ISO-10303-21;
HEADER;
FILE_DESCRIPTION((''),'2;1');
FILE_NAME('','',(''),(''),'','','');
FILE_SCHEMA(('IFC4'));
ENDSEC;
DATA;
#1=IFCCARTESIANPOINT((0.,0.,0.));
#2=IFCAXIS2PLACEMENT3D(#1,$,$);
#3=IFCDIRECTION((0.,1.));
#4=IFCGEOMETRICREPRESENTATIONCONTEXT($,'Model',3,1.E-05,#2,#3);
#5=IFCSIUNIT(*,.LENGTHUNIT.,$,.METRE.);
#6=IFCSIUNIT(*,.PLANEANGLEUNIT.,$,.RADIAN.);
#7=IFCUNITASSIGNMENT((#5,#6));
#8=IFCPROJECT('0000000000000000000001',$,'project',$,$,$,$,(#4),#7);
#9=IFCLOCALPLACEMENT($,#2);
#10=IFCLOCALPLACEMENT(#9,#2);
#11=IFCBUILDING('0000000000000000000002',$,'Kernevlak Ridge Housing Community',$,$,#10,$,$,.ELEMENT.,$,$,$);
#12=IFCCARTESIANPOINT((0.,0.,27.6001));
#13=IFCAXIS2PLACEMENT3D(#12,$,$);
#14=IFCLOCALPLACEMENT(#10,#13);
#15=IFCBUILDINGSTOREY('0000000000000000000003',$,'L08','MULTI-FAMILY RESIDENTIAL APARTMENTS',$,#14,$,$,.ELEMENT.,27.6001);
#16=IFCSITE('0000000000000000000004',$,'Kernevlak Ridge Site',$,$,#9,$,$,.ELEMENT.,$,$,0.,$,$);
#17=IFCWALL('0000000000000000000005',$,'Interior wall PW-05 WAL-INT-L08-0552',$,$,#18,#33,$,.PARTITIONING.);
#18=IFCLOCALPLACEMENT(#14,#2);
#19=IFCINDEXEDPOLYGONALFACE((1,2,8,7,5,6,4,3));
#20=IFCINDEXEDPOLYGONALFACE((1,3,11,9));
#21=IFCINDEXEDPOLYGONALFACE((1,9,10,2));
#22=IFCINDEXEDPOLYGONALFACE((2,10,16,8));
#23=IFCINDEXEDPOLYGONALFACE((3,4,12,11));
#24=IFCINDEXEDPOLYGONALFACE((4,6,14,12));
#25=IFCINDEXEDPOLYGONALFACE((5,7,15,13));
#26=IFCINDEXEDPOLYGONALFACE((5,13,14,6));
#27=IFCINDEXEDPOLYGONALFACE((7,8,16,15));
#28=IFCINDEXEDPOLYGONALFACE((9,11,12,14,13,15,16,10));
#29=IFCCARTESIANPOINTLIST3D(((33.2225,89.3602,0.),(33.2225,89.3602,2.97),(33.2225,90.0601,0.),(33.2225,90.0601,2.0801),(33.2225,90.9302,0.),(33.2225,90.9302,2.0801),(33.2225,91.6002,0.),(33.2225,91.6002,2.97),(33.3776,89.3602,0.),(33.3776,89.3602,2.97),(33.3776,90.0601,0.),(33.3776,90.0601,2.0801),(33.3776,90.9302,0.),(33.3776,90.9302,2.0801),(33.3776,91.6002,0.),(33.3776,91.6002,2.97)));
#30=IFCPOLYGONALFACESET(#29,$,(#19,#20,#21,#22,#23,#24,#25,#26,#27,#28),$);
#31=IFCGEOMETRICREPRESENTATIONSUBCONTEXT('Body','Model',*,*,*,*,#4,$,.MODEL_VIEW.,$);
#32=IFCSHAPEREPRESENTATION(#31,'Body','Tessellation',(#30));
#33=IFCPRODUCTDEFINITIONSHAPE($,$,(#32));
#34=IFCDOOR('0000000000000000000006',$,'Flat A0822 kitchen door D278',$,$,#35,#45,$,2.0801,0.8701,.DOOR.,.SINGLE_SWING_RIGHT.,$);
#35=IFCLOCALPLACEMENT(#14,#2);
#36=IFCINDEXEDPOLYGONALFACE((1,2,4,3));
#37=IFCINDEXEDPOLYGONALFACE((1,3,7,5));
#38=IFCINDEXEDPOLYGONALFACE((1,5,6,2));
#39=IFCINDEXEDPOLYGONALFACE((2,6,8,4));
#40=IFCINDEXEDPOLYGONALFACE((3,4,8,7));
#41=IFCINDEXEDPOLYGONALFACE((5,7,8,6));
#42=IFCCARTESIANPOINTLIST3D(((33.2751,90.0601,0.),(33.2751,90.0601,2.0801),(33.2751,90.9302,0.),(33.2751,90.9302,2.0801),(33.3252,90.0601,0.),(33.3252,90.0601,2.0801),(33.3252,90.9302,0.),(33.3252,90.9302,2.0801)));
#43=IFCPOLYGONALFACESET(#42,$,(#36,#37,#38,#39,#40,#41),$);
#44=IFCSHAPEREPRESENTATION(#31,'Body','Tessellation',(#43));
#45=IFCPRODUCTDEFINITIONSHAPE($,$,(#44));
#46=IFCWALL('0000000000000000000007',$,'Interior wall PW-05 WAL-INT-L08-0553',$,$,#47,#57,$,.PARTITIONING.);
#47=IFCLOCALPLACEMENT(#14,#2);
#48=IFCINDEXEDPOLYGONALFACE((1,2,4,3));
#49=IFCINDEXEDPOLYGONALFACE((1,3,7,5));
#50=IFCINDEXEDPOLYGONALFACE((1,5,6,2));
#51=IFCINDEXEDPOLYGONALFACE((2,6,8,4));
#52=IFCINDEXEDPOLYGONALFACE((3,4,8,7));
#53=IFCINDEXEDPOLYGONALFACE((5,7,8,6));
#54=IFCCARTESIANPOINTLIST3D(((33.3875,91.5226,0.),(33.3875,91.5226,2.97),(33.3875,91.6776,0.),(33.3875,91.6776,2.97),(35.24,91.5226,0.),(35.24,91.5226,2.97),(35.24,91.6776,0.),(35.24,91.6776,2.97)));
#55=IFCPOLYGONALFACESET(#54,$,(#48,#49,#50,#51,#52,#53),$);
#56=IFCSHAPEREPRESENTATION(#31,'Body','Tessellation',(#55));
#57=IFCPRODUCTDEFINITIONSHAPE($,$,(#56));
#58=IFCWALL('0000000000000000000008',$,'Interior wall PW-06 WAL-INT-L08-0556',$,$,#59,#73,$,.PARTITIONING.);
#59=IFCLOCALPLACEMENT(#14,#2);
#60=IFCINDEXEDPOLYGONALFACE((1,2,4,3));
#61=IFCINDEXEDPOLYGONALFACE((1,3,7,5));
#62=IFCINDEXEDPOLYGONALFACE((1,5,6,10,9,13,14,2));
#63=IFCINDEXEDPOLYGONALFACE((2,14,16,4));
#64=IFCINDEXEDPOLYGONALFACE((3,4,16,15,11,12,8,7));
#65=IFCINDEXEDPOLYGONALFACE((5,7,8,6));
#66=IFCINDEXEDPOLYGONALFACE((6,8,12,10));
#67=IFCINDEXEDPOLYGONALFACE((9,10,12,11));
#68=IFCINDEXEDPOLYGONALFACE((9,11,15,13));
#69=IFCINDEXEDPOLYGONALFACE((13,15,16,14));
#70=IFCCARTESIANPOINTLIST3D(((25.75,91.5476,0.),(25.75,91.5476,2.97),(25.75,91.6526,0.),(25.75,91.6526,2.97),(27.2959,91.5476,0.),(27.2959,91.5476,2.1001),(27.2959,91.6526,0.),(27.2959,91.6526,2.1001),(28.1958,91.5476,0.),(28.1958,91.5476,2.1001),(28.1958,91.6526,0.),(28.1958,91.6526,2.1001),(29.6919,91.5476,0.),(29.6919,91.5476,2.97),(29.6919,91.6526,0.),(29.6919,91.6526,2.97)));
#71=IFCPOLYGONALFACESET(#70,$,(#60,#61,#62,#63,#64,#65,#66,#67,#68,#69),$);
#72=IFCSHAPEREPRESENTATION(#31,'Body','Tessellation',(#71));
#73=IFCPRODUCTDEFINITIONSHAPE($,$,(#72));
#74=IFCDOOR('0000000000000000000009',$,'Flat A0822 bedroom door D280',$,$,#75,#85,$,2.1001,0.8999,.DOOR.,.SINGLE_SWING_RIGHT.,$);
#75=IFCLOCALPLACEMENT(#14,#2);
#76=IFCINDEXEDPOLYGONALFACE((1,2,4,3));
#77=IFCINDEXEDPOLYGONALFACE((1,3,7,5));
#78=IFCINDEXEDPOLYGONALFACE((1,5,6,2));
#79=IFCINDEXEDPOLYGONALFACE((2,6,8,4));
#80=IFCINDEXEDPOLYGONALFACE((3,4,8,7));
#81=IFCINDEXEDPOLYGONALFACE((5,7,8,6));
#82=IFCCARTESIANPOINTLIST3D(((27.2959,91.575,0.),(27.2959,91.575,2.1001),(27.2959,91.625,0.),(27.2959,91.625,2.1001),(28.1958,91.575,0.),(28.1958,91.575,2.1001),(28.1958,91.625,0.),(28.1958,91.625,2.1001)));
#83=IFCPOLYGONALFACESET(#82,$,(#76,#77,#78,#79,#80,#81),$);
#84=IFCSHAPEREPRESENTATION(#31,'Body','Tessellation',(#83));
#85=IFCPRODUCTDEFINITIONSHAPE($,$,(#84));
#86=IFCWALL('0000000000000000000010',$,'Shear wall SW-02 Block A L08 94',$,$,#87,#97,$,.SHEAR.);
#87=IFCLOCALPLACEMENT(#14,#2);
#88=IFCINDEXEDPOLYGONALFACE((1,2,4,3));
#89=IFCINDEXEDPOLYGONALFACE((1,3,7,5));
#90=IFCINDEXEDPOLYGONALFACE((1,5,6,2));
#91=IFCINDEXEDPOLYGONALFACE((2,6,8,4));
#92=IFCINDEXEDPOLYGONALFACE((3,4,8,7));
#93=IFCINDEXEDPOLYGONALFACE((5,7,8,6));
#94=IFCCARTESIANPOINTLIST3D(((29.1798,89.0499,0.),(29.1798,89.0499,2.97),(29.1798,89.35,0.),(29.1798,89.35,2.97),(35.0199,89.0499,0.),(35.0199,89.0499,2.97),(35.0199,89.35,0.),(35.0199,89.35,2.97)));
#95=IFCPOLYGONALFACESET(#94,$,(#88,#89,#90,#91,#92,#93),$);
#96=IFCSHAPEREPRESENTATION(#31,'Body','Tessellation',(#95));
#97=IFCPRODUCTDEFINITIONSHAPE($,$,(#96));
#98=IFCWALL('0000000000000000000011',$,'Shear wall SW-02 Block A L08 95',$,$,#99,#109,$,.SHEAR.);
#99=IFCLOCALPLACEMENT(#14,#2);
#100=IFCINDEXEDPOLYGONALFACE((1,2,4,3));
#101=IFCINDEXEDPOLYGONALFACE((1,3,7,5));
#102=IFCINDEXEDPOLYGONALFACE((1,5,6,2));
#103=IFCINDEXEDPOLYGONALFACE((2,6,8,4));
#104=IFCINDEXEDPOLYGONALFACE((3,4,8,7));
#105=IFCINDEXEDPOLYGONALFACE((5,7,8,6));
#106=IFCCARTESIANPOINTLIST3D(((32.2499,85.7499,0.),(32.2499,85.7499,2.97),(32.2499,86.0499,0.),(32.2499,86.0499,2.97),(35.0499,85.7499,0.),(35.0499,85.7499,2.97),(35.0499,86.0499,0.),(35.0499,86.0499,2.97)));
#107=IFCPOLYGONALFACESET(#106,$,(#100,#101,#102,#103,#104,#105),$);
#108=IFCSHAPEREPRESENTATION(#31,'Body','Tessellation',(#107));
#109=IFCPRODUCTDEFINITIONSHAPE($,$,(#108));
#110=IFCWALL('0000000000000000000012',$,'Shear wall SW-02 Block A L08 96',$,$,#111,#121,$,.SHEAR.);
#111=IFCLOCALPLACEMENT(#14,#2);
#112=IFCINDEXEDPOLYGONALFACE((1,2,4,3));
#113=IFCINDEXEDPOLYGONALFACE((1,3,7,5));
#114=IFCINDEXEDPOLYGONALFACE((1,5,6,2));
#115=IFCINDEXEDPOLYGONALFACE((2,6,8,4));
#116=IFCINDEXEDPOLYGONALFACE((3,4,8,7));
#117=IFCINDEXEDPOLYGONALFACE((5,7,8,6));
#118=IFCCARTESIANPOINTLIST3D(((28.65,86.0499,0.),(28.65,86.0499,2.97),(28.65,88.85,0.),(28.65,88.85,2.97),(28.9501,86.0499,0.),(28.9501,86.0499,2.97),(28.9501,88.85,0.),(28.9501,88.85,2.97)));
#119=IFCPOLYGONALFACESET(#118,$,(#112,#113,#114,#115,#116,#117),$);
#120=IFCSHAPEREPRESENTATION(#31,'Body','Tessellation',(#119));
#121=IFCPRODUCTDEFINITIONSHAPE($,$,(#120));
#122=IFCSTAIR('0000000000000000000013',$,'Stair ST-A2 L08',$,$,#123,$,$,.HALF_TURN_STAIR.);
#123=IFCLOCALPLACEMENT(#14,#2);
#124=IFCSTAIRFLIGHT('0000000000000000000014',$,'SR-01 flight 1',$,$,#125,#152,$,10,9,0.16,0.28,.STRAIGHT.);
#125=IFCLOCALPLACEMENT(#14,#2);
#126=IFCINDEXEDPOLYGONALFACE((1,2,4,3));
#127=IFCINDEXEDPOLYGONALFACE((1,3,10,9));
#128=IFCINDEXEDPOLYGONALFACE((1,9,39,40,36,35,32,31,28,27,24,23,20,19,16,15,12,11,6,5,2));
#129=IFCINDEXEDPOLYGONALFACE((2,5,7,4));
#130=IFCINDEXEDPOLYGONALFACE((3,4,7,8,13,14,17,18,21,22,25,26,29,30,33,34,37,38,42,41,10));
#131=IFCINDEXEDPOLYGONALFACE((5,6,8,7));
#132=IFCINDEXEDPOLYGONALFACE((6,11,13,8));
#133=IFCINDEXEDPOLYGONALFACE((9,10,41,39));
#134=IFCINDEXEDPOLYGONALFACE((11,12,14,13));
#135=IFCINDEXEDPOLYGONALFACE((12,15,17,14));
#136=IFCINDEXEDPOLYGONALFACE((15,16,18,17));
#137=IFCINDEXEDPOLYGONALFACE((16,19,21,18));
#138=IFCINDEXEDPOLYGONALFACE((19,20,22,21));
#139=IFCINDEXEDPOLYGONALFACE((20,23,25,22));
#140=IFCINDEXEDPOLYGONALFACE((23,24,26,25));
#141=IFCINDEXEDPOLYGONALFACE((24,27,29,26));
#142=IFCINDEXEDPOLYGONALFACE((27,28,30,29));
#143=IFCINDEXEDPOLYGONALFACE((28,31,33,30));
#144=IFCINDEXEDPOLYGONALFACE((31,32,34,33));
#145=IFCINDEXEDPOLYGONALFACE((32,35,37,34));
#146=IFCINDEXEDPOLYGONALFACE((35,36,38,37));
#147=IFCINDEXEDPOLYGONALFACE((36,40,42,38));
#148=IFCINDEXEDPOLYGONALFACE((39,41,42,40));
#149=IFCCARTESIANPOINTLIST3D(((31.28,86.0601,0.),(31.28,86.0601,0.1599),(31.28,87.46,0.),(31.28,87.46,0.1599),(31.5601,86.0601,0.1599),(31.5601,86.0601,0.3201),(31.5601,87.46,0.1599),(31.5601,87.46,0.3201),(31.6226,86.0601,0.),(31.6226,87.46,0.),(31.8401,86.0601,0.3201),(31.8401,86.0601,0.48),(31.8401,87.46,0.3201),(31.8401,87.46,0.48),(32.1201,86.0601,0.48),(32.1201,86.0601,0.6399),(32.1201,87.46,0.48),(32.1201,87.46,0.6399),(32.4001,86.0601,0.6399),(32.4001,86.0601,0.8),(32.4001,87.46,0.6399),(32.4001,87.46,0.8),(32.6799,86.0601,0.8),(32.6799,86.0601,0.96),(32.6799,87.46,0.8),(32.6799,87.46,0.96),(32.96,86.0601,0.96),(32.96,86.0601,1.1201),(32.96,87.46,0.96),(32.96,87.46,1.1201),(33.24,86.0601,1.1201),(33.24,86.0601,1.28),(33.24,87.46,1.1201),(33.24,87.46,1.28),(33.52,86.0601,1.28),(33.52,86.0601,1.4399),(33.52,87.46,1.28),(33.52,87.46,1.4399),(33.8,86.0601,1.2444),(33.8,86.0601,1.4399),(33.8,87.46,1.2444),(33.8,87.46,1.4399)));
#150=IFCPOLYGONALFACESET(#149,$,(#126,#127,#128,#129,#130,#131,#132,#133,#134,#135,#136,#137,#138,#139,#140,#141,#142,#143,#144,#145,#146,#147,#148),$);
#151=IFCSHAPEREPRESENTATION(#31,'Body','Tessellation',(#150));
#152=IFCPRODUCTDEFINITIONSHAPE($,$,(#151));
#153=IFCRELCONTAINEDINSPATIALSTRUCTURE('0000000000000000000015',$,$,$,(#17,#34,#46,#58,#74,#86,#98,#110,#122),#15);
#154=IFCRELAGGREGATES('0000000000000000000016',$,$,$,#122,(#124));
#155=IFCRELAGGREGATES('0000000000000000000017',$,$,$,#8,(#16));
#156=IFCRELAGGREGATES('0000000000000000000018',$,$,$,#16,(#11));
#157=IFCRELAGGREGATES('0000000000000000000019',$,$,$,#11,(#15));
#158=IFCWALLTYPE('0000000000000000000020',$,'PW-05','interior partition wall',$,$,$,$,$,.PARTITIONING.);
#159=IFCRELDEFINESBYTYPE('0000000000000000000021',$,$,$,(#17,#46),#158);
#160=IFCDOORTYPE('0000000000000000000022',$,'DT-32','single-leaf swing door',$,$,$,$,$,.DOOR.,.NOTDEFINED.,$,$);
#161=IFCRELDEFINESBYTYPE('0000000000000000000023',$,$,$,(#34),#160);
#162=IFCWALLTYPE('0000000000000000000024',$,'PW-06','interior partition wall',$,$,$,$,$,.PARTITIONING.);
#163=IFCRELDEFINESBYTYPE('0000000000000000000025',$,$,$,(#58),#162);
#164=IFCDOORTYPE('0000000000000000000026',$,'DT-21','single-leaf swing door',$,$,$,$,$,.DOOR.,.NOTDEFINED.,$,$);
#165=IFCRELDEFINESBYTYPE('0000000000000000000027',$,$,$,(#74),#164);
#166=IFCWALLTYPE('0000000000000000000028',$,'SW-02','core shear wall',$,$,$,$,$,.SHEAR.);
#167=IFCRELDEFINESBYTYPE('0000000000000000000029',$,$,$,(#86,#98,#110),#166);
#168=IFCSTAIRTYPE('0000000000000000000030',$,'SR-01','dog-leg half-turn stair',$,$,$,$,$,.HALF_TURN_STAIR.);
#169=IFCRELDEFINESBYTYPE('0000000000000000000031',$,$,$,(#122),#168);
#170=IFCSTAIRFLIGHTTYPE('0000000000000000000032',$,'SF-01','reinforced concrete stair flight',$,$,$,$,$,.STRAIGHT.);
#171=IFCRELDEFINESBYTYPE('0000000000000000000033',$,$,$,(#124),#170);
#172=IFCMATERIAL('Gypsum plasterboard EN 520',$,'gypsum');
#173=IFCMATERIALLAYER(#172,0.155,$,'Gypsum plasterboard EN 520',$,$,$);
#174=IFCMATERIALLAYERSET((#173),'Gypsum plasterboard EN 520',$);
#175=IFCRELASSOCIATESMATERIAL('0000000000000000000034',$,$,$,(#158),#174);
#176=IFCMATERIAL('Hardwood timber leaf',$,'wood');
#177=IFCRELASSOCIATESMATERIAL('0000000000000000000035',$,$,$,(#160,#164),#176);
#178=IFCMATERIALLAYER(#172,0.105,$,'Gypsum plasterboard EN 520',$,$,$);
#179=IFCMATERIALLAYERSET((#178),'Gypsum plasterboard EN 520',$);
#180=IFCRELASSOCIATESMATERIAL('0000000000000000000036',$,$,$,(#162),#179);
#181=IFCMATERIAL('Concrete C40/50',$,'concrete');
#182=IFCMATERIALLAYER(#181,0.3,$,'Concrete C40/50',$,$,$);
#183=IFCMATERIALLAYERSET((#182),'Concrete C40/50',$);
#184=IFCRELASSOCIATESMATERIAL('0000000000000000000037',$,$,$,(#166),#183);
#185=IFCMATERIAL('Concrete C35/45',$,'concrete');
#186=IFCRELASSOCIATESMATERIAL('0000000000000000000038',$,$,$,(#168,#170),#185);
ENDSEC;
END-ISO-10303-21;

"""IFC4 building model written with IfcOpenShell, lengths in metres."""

from ifc_helpers import new_model, si_unit, direction, frame, frame_2d, origin, place, context, subcontext, project, spatial, polyline, rectangle, outline, extrude, material, layer, layer_set, type_object, element, fill, aggregate, save


model = new_model("IFC4")

# Units and contexts
model_context = context("Model", 3, precision=1e-05, world=origin(), true_north=direction((0.0, 1.0)))
body_context = subcontext(model_context, "Body", "Model", "MODEL_VIEW")
ifc_project = project(units=[si_unit("LENGTHUNIT", "METRE"), si_unit("PLANEANGLEUNIT", "RADIAN")], contexts=[model_context])

# Site, building, storey
site_placement = place(None, origin())
site = spatial("IfcSite", under=ifc_project, at=site_placement, Name="Kernevlak Ridge Site", CompositionType="ELEMENT", RefElevation=0.0)
building_placement = place(site_placement, origin())
building = spatial("IfcBuilding", under=site, at=building_placement, Name="Kernevlak Ridge Housing Community", CompositionType="ELEMENT")
storey_placement = place(building_placement, frame((0.0, 0.0, 27.6001)))
storey = spatial("IfcBuildingStorey", under=building, at=storey_placement, Name="L08", Description="MULTI-FAMILY RESIDENTIAL APARTMENTS", CompositionType="ELEMENT", Elevation=27.6001)

# Shared definitions
ifc_material_1 = material(Name="Concrete C40/50", Category="concrete")

# Shared definitions
ifc_material_2 = material(Name="Concrete C35/45", Category="concrete")

# Wall, opening, door
ifc_material_3 = material(Name="Gypsum plasterboard EN 520", Category="gypsum")
ifc_layer_1 = layer(ifc_material_3, 0.155, Name="Gypsum plasterboard EN 520")
ifc_layer_set_1 = layer_set([ifc_layer_1], Name="Gypsum plasterboard EN 520")
wall_type_1 = type_object("IfcWallType", Name="PW-05", Description="interior partition wall", PredefinedType="PARTITIONING", material=ifc_layer_set_1)
wall_1_placement = place(storey_placement, frame((33.3, 89.3601, 0.0), z_axis=(0.0, 0.0, 1.0), x_axis=(0.0, 1.0, 0.0)))
wall_1 = element("IfcWall", 1, at=wall_1_placement, inside=storey, type_object=wall_type_1, Name="Interior wall PW-05 WAL-INT-L08-0552", PredefinedType="PARTITIONING", context=body_context, shape_type="SweptSolid", body=[
    extrude(rectangle(XDim=2.24, YDim=0.155, at=frame_2d((1.1201, 0.0))), origin(), (0.0, 0.0, 1.0), 2.97),
])
opening_1_placement = place(wall_1_placement, frame((0.7, 0.0, 0.0)))
opening_1 = element("IfcOpeningElement", 2, at=opening_1_placement, cuts=wall_1, PredefinedType="OPENING", context=body_context, shape_type="SweptSolid", body=[
    extrude(rectangle(XDim=0.8701, YDim=2.0801, at=frame_2d((0.4351, 1.04))), frame((0.0, 0.0874, 0.0), z_axis=(0.0, -1.0, 0.0), x_axis=(1.0, 0.0, 0.0)), (0.0, 0.0, 1.0), 0.175),
])
ifc_material_4 = material(Name="Hardwood timber leaf", Category="wood")
door_type_1 = type_object("IfcDoorType", Name="DT-32", Description="single-leaf swing door", OperationType="NOTDEFINED", PredefinedType="DOOR", material=ifc_material_4)
door_1_placement = place(opening_1_placement, origin())
door_1 = element("IfcDoor", 3, at=door_1_placement, inside=storey, type_object=door_type_1, Name="Flat A0822 kitchen door D278", OperationType="SINGLE_SWING_RIGHT", OverallHeight=2.0801, OverallWidth=0.8701, PredefinedType="DOOR", context=body_context, shape_type="SweptSolid", body=[
    extrude(rectangle(XDim=0.8701, YDim=2.0801, at=frame_2d((0.4351, 1.04))), frame((0.0, 0.0249, 0.0), z_axis=(0.0, -1.0, 0.0), x_axis=(1.0, 0.0, 0.0)), (0.0, 0.0, 1.0), 0.05),
])
fill(opening_1, door_1)

# Wall
wall_2_placement = place(storey_placement, frame((33.3875, 91.6001, 0.0), z_axis=(0.0, 0.0, 1.0), x_axis=(1.0, 0.0, 0.0)))
element("IfcWall", 4, at=wall_2_placement, inside=storey, type_object=wall_type_1, Name="Interior wall PW-05 WAL-INT-L08-0553", PredefinedType="PARTITIONING", context=body_context, shape_type="SweptSolid", body=[
    extrude(rectangle(XDim=1.8525, YDim=0.155, at=frame_2d((0.9263, 0.0))), origin(), (0.0, 0.0, 1.0), 2.97),
])

# Wall, opening, door
ifc_layer_2 = layer(ifc_material_3, 0.105, Name="Gypsum plasterboard EN 520")
ifc_layer_set_2 = layer_set([ifc_layer_2], Name="Gypsum plasterboard EN 520")
wall_type_2 = type_object("IfcWallType", Name="PW-06", Description="interior partition wall", PredefinedType="PARTITIONING", material=ifc_layer_set_2)
wall_3_placement = place(storey_placement, frame((25.75, 91.6001, 0.0), z_axis=(0.0, 0.0, 1.0), x_axis=(1.0, 0.0, 0.0)))
wall_3 = element("IfcWall", 5, at=wall_3_placement, inside=storey, type_object=wall_type_2, Name="Interior wall PW-06 WAL-INT-L08-0556", PredefinedType="PARTITIONING", context=body_context, shape_type="SweptSolid", body=[
    extrude(rectangle(XDim=3.9419, YDim=0.105, at=frame_2d((1.9709, 0.0))), origin(), (0.0, 0.0, 1.0), 2.97),
])
opening_2_placement = place(wall_3_placement, frame((1.5459, 0.0, 0.0)))
opening_2 = element("IfcOpeningElement", 6, at=opening_2_placement, cuts=wall_3, PredefinedType="OPENING", context=body_context, shape_type="SweptSolid", body=[
    extrude(rectangle(XDim=0.8999, YDim=2.1001, at=frame_2d((0.45, 1.05))), frame((0.0, 0.0625, 0.0), z_axis=(0.0, -1.0, 0.0), x_axis=(1.0, 0.0, 0.0)), (0.0, 0.0, 1.0), 0.125),
])
door_type_2 = type_object("IfcDoorType", Name="DT-21", Description="single-leaf swing door", OperationType="NOTDEFINED", PredefinedType="DOOR", material=ifc_material_4)
door_2_placement = place(opening_2_placement, origin())
door_2 = element("IfcDoor", 7, at=door_2_placement, inside=storey, type_object=door_type_2, Name="Flat A0822 bedroom door D280", OperationType="SINGLE_SWING_RIGHT", OverallHeight=2.1001, OverallWidth=0.8999, PredefinedType="DOOR", context=body_context, shape_type="SweptSolid", body=[
    extrude(rectangle(XDim=0.8999, YDim=2.1001, at=frame_2d((0.45, 1.05))), frame((0.0, 0.0249, 0.0), z_axis=(0.0, -1.0, 0.0), x_axis=(1.0, 0.0, 0.0)), (0.0, 0.0, 1.0), 0.05),
])
fill(opening_2, door_2)

# Walls
ifc_layer_3 = layer(ifc_material_1, 0.3, Name="Concrete C40/50")
ifc_layer_set_3 = layer_set([ifc_layer_3], Name="Concrete C40/50")
wall_type_3 = type_object("IfcWallType", Name="SW-02", Description="core shear wall", PredefinedType="SHEAR", material=ifc_layer_set_3)
wall_4_placement = place(storey_placement, frame((29.1799, 89.2, 0.0), z_axis=(0.0, 0.0, 1.0), x_axis=(1.0, 0.0, 0.0)))
element("IfcWall", 8, at=wall_4_placement, inside=storey, type_object=wall_type_3, Name="Shear wall SW-02 Block A L08 94", PredefinedType="SHEAR", context=body_context, shape_type="SweptSolid", body=[
    extrude(rectangle(XDim=5.8401, YDim=0.3, at=frame_2d((2.9199, 0.0))), origin(), (0.0, 0.0, 1.0), 2.97),
])
for number, where, z_axis, x_axis, name in (
    (9, (32.25, 85.8999, 0.0), (0.0, 0.0, 1.0), (1.0, 0.0, 0.0), "Shear wall SW-02 Block A L08 95"),
    (10, (28.8, 86.05, 0.0), (0.0, 0.0, 1.0), (0.0, 1.0, 0.0), "Shear wall SW-02 Block A L08 96"),
):
    element("IfcWall", number, at=place(storey_placement, frame(where, z_axis=z_axis, x_axis=x_axis)), inside=storey, type_object=wall_type_3, Name=name, PredefinedType="SHEAR", context=body_context, shape_type="SweptSolid", body=[
        extrude(rectangle(XDim=2.8, YDim=0.3, at=frame_2d((1.3999, 0.0))), origin(), (0.0, 0.0, 1.0), 2.97),
    ])

# Stair, stair flight
stair_type = type_object("IfcStairType", Name="SR-01", Description="dog-leg half-turn stair", PredefinedType="HALF_TURN_STAIR", material=ifc_material_2)
stair_placement = place(storey_placement, origin())
stair = element("IfcStair", 11, at=stair_placement, inside=storey, type_object=stair_type, Name="Stair ST-A2 L08", PredefinedType="HALF_TURN_STAIR")
stair_flight_type = type_object("IfcStairFlightType", Name="SF-01", Description="reinforced concrete stair flight", PredefinedType="STRAIGHT", material=ifc_material_2)
stair_flight_1_placement = place(storey_placement, frame((31.28, 86.76, 0.0), z_axis=(0.0, 0.0, 1.0), x_axis=(1.0, 0.0, 0.0)))
stair_flight_1 = element("IfcStairFlight", 12, at=stair_flight_1_placement, type_object=stair_flight_type, Name="SR-01 flight 1", NumberOfRisers=10, NumberOfTreads=9, PredefinedType="STRAIGHT", RiserHeight=0.16, TreadLength=0.28, context=body_context, shape_type="SweptSolid", body=[
    extrude(outline(polyline([(0.0, 0.0), (0.0, 0.1599), (0.28, 0.1599), (0.28, 0.3201), (0.5601, 0.3201), (0.5601, 0.48), (0.8401, 0.48), (0.8401, 0.6399), (1.1201, 0.6399), (1.1201, 0.8), (1.3999, 0.8), (1.3999, 0.96), (1.6799, 0.96), (1.6799, 1.1201), (1.96, 1.1201), (1.96, 1.28), (2.24, 1.28), (2.24, 1.4399), (2.52, 1.4399), (2.52, 1.6001), (2.52, 1.2444), (0.3425, 0.0), (0.0, 0.0)])), frame((0.0, 0.7, 0.0), z_axis=(0.0, -1.0, 0.0), x_axis=(1.0, 0.0, 0.0)), (0.0, 0.0, 1.0), 1.3999),
])
aggregate(stair, [stair_flight_1])

save(model, "model.ifc")
